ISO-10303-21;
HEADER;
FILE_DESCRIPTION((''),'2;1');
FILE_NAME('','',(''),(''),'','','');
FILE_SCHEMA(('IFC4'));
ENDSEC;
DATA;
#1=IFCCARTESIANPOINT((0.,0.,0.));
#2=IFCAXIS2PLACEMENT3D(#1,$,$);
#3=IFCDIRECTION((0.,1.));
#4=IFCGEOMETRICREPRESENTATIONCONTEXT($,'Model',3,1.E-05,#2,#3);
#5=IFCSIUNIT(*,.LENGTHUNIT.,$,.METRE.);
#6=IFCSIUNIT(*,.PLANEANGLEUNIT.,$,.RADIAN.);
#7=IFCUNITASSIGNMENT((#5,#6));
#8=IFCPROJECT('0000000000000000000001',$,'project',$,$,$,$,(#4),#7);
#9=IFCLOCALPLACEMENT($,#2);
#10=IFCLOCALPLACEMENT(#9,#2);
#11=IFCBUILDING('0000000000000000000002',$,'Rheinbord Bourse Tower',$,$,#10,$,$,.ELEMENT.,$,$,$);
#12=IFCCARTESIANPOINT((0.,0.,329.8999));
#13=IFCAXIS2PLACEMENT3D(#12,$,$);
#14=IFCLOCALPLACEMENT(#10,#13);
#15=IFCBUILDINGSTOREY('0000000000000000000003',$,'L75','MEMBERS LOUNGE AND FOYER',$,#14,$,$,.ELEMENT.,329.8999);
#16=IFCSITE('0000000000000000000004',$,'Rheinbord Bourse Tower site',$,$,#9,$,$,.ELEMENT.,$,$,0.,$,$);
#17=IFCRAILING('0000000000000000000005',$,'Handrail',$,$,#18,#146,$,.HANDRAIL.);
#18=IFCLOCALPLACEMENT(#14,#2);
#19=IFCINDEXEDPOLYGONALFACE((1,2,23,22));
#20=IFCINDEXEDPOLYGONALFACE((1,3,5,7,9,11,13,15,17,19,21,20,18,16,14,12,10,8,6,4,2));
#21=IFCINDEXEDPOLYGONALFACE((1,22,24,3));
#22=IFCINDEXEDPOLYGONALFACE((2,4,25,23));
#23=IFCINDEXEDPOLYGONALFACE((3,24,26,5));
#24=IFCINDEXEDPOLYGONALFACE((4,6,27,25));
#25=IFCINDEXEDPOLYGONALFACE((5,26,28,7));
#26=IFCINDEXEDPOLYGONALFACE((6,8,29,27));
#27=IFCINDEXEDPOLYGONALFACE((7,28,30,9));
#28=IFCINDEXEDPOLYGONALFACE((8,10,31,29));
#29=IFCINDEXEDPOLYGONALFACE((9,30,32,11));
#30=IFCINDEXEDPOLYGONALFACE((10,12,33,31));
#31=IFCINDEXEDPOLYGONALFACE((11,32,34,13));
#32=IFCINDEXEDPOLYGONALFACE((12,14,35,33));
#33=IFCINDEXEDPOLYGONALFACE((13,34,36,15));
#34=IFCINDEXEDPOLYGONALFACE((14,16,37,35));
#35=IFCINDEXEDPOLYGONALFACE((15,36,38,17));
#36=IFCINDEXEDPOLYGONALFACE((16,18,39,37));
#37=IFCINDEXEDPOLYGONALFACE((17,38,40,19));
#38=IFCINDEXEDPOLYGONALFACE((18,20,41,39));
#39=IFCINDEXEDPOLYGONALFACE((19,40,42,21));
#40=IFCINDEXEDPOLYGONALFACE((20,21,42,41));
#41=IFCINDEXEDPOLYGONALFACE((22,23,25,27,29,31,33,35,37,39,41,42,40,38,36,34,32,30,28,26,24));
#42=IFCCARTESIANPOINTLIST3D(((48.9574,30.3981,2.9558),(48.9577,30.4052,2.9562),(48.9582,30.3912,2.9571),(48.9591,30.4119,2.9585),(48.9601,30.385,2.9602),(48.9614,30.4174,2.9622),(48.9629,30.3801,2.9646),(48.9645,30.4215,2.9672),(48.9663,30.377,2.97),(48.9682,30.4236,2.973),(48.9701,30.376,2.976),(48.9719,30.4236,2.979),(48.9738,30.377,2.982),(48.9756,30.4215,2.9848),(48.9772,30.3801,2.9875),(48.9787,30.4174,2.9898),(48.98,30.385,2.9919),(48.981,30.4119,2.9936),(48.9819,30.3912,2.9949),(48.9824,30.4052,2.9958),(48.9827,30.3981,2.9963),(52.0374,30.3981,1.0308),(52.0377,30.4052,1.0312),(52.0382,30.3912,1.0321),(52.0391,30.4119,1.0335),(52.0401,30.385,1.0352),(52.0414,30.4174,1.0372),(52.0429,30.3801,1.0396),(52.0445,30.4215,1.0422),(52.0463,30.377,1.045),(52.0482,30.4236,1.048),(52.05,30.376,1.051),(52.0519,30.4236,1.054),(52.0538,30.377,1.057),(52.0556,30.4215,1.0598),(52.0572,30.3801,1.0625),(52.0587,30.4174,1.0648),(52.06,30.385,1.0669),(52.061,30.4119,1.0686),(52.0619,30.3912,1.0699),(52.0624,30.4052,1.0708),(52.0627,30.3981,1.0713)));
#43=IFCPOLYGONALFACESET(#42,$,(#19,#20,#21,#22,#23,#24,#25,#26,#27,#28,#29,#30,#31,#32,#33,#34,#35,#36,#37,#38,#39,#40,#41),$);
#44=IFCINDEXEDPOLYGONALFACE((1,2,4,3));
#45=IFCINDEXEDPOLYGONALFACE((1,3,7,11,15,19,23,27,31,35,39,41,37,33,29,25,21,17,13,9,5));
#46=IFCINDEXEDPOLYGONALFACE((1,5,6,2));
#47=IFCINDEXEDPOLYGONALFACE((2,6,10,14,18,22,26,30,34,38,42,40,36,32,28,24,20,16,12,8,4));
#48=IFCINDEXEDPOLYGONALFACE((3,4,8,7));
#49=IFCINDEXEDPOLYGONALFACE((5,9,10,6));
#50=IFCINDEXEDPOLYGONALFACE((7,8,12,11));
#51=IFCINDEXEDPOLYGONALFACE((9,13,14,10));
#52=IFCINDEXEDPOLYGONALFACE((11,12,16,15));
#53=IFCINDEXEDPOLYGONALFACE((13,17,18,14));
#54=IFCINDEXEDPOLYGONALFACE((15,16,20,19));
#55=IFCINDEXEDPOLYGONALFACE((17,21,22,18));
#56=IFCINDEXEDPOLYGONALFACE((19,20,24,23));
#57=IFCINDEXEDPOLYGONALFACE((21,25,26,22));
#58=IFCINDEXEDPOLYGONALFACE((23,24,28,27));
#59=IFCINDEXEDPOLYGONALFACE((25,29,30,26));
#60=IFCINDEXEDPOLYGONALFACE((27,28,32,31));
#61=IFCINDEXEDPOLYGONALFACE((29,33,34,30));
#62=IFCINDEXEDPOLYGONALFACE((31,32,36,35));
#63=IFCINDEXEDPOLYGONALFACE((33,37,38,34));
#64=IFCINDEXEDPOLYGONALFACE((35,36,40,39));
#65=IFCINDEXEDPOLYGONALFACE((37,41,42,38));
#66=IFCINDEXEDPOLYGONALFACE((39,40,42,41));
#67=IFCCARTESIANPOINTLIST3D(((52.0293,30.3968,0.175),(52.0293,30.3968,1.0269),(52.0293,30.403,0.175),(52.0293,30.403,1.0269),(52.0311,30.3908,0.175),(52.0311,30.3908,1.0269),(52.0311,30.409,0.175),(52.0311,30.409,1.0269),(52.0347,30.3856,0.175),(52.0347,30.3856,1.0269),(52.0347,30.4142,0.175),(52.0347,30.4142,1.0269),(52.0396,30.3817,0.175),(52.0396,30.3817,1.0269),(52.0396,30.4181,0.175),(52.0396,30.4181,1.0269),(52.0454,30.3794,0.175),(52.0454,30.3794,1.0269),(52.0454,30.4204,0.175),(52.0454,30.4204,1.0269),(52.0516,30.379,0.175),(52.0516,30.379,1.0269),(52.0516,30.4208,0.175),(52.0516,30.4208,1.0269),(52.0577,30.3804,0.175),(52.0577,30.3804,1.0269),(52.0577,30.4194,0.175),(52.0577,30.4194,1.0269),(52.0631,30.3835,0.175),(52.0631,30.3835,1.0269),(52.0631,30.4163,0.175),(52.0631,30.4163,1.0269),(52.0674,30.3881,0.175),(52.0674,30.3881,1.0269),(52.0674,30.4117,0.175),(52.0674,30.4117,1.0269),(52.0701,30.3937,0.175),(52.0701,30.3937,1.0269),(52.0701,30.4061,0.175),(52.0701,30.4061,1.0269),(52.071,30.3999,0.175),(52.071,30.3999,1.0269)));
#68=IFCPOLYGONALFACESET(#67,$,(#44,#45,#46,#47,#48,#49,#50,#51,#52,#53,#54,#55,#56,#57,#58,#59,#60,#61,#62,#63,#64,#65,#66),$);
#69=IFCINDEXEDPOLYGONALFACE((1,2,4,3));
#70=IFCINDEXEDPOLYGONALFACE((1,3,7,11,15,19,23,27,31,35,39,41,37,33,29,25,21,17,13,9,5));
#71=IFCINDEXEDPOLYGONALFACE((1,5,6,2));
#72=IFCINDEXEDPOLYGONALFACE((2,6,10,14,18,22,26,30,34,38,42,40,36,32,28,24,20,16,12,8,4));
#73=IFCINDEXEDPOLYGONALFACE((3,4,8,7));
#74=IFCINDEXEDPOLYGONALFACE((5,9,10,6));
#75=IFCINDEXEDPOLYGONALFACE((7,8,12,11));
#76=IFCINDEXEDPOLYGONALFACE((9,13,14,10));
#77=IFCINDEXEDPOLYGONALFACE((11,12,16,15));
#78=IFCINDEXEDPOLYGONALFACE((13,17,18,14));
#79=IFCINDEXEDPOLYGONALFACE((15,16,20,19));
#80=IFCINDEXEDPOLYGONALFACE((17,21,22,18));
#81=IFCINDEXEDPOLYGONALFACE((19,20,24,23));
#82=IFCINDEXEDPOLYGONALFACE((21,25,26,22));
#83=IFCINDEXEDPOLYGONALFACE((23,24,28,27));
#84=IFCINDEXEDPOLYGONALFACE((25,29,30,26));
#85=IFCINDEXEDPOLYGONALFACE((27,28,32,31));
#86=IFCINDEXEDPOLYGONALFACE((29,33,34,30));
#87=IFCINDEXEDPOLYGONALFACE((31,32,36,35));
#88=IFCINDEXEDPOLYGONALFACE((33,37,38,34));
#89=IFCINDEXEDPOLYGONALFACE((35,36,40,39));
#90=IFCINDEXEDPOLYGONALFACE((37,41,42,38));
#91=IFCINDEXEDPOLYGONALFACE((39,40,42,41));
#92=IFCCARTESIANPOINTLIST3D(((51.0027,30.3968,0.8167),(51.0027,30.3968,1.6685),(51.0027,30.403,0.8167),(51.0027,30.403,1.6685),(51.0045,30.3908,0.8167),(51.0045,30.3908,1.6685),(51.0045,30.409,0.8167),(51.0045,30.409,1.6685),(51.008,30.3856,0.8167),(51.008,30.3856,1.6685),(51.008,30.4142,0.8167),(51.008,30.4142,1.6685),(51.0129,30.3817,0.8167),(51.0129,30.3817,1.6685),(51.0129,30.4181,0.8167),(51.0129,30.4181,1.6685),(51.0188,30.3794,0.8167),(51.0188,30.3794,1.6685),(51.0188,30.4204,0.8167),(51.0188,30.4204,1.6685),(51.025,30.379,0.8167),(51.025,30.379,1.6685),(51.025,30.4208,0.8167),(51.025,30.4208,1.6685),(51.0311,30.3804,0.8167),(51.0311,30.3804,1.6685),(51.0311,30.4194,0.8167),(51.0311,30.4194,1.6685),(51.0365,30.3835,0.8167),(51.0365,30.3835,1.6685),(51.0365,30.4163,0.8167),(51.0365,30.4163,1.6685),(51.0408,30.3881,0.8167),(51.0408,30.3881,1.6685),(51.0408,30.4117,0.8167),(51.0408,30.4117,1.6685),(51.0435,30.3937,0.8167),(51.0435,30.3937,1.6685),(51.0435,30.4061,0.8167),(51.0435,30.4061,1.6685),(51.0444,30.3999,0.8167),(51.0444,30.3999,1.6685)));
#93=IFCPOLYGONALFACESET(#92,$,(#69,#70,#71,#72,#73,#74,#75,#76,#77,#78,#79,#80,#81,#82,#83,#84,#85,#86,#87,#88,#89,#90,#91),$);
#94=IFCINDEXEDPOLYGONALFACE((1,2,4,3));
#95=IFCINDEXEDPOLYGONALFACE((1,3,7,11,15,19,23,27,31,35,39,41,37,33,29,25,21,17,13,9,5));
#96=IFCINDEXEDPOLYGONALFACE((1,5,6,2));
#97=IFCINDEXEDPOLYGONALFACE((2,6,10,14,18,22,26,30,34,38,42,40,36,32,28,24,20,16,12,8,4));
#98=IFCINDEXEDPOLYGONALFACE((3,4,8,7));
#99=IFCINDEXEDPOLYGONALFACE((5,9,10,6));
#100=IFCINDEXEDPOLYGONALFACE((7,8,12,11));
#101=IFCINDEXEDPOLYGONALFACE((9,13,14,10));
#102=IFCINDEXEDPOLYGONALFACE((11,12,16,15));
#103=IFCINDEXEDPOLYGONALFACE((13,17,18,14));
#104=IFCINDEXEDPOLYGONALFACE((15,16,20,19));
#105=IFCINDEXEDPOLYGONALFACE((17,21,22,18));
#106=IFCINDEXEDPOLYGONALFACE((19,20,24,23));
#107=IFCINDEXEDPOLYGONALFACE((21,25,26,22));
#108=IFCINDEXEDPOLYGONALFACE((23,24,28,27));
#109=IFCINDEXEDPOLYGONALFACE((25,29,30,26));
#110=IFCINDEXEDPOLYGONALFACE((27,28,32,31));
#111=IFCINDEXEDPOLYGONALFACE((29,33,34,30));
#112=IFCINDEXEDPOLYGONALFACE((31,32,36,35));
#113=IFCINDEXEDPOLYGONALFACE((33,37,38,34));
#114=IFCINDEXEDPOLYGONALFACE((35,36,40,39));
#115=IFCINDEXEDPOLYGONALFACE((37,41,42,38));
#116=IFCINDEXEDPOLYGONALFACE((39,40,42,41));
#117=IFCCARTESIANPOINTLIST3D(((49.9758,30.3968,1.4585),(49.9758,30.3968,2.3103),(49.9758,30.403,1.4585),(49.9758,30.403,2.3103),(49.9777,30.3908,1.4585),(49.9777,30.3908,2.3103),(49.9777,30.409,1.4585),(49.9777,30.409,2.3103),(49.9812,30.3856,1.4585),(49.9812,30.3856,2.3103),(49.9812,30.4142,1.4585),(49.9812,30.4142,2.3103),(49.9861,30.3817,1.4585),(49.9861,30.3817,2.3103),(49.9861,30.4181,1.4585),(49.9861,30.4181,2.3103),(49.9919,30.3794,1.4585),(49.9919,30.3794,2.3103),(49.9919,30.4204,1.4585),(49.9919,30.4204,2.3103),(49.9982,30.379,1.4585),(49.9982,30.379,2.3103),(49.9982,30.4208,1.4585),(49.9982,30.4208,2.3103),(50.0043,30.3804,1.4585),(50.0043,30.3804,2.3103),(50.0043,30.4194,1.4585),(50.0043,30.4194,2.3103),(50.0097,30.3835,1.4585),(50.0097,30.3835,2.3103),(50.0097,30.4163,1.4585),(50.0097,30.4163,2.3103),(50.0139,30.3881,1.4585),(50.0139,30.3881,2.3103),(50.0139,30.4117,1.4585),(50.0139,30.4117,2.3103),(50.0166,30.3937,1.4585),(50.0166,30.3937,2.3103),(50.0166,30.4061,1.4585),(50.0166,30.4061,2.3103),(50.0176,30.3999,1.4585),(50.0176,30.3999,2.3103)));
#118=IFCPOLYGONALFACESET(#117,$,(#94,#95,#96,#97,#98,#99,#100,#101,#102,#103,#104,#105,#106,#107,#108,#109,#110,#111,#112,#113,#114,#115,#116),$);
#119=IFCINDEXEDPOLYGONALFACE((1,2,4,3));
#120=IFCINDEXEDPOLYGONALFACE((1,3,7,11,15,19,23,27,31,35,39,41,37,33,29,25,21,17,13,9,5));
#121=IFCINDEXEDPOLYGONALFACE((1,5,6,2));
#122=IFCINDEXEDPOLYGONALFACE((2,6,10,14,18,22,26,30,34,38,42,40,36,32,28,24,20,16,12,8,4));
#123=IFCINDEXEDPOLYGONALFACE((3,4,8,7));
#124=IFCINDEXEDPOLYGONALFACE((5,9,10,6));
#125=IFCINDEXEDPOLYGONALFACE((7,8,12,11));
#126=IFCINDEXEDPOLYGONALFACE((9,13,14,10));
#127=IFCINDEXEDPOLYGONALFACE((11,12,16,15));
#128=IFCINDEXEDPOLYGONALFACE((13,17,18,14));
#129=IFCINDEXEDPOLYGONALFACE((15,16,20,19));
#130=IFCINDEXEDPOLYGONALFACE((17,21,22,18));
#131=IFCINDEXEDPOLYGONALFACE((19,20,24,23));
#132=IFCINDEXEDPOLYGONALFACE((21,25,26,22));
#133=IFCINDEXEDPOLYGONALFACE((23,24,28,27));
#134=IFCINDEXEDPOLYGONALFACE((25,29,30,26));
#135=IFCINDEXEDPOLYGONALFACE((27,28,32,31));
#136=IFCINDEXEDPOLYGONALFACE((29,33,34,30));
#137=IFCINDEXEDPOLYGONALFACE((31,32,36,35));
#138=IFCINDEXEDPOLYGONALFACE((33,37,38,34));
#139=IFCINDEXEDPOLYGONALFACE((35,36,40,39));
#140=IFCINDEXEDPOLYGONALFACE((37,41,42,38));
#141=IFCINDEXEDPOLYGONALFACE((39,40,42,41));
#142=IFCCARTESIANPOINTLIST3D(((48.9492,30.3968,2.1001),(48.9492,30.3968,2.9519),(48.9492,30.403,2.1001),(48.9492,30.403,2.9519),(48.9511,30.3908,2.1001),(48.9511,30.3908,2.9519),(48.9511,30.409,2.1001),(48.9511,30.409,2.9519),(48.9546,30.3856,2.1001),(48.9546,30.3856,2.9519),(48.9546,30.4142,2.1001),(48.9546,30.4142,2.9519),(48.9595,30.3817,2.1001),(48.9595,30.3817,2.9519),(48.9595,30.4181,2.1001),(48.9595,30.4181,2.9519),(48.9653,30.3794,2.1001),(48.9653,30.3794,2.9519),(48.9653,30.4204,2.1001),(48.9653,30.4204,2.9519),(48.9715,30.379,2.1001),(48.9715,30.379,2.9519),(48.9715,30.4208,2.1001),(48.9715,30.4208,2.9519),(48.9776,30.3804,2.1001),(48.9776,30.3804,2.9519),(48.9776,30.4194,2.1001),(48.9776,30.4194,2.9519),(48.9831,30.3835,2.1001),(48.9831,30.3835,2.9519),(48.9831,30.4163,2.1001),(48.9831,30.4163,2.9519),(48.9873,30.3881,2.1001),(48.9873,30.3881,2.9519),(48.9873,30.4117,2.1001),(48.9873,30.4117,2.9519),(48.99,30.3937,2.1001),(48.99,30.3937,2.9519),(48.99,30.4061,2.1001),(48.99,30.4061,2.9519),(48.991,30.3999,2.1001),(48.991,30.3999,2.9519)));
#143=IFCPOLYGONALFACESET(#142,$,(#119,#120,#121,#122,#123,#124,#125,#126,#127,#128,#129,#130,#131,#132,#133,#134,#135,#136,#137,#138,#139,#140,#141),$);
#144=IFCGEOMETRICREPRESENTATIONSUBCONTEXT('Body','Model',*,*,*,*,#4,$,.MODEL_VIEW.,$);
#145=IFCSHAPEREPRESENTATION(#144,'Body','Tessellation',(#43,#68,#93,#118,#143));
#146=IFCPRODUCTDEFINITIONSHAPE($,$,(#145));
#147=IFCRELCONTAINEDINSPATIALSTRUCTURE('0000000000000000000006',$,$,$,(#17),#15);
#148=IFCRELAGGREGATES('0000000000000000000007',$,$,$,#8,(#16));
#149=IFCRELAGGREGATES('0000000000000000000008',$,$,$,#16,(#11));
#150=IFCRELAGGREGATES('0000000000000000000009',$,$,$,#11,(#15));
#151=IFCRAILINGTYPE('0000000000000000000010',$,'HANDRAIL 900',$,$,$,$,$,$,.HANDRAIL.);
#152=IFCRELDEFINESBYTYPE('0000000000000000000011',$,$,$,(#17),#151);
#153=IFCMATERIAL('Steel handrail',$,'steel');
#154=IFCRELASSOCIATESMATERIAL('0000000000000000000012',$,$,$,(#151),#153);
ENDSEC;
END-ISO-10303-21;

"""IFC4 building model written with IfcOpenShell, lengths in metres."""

from ifc_helpers import new_model, si_unit, direction, frame, origin, origin_2d, place, context, subcontext, project, spatial, circle, extrude, material, type_object, element, save


model = new_model("IFC4")

# Units and contexts
model_context = context("Model", 3, precision=1e-05, world=origin(), true_north=direction((0.0, 1.0)))
body_context = subcontext(model_context, "Body", "Model", "MODEL_VIEW")
ifc_project = project(units=[si_unit("LENGTHUNIT", "METRE"), si_unit("PLANEANGLEUNIT", "RADIAN")], contexts=[model_context])

# Site, building, storey
site_placement = place(None, origin())
site = spatial("IfcSite", under=ifc_project, at=site_placement, Name="Rheinbord Bourse Tower site", CompositionType="ELEMENT", RefElevation=0.0)
building_placement = place(site_placement, origin())
building = spatial("IfcBuilding", under=site, at=building_placement, Name="Rheinbord Bourse Tower", CompositionType="ELEMENT")
storey_placement = place(building_placement, frame((0.0, 0.0, 329.8999)))
storey = spatial("IfcBuildingStorey", under=building, at=storey_placement, Name="L75", Description="MEMBERS LOUNGE AND FOYER", CompositionType="ELEMENT", Elevation=329.8999)

# Railing
ifc_material_1 = material(Name="Steel handrail", Category="steel")
railing_type = type_object("IfcRailingType", Name="HANDRAIL 900", PredefinedType="HANDRAIL", material=ifc_material_1)
railing_1_placement = place(storey_placement, frame((52.05, 30.3999, 0.175)))
element("IfcRailing", 1, at=railing_1_placement, inside=storey, type_object=railing_type, Name="Handrail", PredefinedType="HANDRAIL", context=body_context, shape_type="SweptSolid", body=[
    extrude(circle(Radius=0.0239, at=origin_2d()), frame((0.0, 0.0, 0.876), z_axis=(-0.847998, 0.0, 0.529999), x_axis=(0.0, -1.0, 0.0)), (0.0, 0.0, 1.0), 3.6321),
    extrude(circle(Radius=0.021, at=origin_2d()), origin(), (0.0, 0.0, 1.0), 0.8518),
    extrude(circle(Radius=0.021, at=origin_2d()), frame((-1.0266, 0.0, 0.6416)), (0.0, 0.0, 1.0), 0.8518),
    extrude(circle(Radius=0.021, at=origin_2d()), frame((-2.0535, 0.0, 1.2834)), (0.0, 0.0, 1.0), 0.8518),
    extrude(circle(Radius=0.021, at=origin_2d()), frame((-3.0801, 0.0, 1.925)), (0.0, 0.0, 1.0), 0.8518),
])

save(model, "model.ifc")
